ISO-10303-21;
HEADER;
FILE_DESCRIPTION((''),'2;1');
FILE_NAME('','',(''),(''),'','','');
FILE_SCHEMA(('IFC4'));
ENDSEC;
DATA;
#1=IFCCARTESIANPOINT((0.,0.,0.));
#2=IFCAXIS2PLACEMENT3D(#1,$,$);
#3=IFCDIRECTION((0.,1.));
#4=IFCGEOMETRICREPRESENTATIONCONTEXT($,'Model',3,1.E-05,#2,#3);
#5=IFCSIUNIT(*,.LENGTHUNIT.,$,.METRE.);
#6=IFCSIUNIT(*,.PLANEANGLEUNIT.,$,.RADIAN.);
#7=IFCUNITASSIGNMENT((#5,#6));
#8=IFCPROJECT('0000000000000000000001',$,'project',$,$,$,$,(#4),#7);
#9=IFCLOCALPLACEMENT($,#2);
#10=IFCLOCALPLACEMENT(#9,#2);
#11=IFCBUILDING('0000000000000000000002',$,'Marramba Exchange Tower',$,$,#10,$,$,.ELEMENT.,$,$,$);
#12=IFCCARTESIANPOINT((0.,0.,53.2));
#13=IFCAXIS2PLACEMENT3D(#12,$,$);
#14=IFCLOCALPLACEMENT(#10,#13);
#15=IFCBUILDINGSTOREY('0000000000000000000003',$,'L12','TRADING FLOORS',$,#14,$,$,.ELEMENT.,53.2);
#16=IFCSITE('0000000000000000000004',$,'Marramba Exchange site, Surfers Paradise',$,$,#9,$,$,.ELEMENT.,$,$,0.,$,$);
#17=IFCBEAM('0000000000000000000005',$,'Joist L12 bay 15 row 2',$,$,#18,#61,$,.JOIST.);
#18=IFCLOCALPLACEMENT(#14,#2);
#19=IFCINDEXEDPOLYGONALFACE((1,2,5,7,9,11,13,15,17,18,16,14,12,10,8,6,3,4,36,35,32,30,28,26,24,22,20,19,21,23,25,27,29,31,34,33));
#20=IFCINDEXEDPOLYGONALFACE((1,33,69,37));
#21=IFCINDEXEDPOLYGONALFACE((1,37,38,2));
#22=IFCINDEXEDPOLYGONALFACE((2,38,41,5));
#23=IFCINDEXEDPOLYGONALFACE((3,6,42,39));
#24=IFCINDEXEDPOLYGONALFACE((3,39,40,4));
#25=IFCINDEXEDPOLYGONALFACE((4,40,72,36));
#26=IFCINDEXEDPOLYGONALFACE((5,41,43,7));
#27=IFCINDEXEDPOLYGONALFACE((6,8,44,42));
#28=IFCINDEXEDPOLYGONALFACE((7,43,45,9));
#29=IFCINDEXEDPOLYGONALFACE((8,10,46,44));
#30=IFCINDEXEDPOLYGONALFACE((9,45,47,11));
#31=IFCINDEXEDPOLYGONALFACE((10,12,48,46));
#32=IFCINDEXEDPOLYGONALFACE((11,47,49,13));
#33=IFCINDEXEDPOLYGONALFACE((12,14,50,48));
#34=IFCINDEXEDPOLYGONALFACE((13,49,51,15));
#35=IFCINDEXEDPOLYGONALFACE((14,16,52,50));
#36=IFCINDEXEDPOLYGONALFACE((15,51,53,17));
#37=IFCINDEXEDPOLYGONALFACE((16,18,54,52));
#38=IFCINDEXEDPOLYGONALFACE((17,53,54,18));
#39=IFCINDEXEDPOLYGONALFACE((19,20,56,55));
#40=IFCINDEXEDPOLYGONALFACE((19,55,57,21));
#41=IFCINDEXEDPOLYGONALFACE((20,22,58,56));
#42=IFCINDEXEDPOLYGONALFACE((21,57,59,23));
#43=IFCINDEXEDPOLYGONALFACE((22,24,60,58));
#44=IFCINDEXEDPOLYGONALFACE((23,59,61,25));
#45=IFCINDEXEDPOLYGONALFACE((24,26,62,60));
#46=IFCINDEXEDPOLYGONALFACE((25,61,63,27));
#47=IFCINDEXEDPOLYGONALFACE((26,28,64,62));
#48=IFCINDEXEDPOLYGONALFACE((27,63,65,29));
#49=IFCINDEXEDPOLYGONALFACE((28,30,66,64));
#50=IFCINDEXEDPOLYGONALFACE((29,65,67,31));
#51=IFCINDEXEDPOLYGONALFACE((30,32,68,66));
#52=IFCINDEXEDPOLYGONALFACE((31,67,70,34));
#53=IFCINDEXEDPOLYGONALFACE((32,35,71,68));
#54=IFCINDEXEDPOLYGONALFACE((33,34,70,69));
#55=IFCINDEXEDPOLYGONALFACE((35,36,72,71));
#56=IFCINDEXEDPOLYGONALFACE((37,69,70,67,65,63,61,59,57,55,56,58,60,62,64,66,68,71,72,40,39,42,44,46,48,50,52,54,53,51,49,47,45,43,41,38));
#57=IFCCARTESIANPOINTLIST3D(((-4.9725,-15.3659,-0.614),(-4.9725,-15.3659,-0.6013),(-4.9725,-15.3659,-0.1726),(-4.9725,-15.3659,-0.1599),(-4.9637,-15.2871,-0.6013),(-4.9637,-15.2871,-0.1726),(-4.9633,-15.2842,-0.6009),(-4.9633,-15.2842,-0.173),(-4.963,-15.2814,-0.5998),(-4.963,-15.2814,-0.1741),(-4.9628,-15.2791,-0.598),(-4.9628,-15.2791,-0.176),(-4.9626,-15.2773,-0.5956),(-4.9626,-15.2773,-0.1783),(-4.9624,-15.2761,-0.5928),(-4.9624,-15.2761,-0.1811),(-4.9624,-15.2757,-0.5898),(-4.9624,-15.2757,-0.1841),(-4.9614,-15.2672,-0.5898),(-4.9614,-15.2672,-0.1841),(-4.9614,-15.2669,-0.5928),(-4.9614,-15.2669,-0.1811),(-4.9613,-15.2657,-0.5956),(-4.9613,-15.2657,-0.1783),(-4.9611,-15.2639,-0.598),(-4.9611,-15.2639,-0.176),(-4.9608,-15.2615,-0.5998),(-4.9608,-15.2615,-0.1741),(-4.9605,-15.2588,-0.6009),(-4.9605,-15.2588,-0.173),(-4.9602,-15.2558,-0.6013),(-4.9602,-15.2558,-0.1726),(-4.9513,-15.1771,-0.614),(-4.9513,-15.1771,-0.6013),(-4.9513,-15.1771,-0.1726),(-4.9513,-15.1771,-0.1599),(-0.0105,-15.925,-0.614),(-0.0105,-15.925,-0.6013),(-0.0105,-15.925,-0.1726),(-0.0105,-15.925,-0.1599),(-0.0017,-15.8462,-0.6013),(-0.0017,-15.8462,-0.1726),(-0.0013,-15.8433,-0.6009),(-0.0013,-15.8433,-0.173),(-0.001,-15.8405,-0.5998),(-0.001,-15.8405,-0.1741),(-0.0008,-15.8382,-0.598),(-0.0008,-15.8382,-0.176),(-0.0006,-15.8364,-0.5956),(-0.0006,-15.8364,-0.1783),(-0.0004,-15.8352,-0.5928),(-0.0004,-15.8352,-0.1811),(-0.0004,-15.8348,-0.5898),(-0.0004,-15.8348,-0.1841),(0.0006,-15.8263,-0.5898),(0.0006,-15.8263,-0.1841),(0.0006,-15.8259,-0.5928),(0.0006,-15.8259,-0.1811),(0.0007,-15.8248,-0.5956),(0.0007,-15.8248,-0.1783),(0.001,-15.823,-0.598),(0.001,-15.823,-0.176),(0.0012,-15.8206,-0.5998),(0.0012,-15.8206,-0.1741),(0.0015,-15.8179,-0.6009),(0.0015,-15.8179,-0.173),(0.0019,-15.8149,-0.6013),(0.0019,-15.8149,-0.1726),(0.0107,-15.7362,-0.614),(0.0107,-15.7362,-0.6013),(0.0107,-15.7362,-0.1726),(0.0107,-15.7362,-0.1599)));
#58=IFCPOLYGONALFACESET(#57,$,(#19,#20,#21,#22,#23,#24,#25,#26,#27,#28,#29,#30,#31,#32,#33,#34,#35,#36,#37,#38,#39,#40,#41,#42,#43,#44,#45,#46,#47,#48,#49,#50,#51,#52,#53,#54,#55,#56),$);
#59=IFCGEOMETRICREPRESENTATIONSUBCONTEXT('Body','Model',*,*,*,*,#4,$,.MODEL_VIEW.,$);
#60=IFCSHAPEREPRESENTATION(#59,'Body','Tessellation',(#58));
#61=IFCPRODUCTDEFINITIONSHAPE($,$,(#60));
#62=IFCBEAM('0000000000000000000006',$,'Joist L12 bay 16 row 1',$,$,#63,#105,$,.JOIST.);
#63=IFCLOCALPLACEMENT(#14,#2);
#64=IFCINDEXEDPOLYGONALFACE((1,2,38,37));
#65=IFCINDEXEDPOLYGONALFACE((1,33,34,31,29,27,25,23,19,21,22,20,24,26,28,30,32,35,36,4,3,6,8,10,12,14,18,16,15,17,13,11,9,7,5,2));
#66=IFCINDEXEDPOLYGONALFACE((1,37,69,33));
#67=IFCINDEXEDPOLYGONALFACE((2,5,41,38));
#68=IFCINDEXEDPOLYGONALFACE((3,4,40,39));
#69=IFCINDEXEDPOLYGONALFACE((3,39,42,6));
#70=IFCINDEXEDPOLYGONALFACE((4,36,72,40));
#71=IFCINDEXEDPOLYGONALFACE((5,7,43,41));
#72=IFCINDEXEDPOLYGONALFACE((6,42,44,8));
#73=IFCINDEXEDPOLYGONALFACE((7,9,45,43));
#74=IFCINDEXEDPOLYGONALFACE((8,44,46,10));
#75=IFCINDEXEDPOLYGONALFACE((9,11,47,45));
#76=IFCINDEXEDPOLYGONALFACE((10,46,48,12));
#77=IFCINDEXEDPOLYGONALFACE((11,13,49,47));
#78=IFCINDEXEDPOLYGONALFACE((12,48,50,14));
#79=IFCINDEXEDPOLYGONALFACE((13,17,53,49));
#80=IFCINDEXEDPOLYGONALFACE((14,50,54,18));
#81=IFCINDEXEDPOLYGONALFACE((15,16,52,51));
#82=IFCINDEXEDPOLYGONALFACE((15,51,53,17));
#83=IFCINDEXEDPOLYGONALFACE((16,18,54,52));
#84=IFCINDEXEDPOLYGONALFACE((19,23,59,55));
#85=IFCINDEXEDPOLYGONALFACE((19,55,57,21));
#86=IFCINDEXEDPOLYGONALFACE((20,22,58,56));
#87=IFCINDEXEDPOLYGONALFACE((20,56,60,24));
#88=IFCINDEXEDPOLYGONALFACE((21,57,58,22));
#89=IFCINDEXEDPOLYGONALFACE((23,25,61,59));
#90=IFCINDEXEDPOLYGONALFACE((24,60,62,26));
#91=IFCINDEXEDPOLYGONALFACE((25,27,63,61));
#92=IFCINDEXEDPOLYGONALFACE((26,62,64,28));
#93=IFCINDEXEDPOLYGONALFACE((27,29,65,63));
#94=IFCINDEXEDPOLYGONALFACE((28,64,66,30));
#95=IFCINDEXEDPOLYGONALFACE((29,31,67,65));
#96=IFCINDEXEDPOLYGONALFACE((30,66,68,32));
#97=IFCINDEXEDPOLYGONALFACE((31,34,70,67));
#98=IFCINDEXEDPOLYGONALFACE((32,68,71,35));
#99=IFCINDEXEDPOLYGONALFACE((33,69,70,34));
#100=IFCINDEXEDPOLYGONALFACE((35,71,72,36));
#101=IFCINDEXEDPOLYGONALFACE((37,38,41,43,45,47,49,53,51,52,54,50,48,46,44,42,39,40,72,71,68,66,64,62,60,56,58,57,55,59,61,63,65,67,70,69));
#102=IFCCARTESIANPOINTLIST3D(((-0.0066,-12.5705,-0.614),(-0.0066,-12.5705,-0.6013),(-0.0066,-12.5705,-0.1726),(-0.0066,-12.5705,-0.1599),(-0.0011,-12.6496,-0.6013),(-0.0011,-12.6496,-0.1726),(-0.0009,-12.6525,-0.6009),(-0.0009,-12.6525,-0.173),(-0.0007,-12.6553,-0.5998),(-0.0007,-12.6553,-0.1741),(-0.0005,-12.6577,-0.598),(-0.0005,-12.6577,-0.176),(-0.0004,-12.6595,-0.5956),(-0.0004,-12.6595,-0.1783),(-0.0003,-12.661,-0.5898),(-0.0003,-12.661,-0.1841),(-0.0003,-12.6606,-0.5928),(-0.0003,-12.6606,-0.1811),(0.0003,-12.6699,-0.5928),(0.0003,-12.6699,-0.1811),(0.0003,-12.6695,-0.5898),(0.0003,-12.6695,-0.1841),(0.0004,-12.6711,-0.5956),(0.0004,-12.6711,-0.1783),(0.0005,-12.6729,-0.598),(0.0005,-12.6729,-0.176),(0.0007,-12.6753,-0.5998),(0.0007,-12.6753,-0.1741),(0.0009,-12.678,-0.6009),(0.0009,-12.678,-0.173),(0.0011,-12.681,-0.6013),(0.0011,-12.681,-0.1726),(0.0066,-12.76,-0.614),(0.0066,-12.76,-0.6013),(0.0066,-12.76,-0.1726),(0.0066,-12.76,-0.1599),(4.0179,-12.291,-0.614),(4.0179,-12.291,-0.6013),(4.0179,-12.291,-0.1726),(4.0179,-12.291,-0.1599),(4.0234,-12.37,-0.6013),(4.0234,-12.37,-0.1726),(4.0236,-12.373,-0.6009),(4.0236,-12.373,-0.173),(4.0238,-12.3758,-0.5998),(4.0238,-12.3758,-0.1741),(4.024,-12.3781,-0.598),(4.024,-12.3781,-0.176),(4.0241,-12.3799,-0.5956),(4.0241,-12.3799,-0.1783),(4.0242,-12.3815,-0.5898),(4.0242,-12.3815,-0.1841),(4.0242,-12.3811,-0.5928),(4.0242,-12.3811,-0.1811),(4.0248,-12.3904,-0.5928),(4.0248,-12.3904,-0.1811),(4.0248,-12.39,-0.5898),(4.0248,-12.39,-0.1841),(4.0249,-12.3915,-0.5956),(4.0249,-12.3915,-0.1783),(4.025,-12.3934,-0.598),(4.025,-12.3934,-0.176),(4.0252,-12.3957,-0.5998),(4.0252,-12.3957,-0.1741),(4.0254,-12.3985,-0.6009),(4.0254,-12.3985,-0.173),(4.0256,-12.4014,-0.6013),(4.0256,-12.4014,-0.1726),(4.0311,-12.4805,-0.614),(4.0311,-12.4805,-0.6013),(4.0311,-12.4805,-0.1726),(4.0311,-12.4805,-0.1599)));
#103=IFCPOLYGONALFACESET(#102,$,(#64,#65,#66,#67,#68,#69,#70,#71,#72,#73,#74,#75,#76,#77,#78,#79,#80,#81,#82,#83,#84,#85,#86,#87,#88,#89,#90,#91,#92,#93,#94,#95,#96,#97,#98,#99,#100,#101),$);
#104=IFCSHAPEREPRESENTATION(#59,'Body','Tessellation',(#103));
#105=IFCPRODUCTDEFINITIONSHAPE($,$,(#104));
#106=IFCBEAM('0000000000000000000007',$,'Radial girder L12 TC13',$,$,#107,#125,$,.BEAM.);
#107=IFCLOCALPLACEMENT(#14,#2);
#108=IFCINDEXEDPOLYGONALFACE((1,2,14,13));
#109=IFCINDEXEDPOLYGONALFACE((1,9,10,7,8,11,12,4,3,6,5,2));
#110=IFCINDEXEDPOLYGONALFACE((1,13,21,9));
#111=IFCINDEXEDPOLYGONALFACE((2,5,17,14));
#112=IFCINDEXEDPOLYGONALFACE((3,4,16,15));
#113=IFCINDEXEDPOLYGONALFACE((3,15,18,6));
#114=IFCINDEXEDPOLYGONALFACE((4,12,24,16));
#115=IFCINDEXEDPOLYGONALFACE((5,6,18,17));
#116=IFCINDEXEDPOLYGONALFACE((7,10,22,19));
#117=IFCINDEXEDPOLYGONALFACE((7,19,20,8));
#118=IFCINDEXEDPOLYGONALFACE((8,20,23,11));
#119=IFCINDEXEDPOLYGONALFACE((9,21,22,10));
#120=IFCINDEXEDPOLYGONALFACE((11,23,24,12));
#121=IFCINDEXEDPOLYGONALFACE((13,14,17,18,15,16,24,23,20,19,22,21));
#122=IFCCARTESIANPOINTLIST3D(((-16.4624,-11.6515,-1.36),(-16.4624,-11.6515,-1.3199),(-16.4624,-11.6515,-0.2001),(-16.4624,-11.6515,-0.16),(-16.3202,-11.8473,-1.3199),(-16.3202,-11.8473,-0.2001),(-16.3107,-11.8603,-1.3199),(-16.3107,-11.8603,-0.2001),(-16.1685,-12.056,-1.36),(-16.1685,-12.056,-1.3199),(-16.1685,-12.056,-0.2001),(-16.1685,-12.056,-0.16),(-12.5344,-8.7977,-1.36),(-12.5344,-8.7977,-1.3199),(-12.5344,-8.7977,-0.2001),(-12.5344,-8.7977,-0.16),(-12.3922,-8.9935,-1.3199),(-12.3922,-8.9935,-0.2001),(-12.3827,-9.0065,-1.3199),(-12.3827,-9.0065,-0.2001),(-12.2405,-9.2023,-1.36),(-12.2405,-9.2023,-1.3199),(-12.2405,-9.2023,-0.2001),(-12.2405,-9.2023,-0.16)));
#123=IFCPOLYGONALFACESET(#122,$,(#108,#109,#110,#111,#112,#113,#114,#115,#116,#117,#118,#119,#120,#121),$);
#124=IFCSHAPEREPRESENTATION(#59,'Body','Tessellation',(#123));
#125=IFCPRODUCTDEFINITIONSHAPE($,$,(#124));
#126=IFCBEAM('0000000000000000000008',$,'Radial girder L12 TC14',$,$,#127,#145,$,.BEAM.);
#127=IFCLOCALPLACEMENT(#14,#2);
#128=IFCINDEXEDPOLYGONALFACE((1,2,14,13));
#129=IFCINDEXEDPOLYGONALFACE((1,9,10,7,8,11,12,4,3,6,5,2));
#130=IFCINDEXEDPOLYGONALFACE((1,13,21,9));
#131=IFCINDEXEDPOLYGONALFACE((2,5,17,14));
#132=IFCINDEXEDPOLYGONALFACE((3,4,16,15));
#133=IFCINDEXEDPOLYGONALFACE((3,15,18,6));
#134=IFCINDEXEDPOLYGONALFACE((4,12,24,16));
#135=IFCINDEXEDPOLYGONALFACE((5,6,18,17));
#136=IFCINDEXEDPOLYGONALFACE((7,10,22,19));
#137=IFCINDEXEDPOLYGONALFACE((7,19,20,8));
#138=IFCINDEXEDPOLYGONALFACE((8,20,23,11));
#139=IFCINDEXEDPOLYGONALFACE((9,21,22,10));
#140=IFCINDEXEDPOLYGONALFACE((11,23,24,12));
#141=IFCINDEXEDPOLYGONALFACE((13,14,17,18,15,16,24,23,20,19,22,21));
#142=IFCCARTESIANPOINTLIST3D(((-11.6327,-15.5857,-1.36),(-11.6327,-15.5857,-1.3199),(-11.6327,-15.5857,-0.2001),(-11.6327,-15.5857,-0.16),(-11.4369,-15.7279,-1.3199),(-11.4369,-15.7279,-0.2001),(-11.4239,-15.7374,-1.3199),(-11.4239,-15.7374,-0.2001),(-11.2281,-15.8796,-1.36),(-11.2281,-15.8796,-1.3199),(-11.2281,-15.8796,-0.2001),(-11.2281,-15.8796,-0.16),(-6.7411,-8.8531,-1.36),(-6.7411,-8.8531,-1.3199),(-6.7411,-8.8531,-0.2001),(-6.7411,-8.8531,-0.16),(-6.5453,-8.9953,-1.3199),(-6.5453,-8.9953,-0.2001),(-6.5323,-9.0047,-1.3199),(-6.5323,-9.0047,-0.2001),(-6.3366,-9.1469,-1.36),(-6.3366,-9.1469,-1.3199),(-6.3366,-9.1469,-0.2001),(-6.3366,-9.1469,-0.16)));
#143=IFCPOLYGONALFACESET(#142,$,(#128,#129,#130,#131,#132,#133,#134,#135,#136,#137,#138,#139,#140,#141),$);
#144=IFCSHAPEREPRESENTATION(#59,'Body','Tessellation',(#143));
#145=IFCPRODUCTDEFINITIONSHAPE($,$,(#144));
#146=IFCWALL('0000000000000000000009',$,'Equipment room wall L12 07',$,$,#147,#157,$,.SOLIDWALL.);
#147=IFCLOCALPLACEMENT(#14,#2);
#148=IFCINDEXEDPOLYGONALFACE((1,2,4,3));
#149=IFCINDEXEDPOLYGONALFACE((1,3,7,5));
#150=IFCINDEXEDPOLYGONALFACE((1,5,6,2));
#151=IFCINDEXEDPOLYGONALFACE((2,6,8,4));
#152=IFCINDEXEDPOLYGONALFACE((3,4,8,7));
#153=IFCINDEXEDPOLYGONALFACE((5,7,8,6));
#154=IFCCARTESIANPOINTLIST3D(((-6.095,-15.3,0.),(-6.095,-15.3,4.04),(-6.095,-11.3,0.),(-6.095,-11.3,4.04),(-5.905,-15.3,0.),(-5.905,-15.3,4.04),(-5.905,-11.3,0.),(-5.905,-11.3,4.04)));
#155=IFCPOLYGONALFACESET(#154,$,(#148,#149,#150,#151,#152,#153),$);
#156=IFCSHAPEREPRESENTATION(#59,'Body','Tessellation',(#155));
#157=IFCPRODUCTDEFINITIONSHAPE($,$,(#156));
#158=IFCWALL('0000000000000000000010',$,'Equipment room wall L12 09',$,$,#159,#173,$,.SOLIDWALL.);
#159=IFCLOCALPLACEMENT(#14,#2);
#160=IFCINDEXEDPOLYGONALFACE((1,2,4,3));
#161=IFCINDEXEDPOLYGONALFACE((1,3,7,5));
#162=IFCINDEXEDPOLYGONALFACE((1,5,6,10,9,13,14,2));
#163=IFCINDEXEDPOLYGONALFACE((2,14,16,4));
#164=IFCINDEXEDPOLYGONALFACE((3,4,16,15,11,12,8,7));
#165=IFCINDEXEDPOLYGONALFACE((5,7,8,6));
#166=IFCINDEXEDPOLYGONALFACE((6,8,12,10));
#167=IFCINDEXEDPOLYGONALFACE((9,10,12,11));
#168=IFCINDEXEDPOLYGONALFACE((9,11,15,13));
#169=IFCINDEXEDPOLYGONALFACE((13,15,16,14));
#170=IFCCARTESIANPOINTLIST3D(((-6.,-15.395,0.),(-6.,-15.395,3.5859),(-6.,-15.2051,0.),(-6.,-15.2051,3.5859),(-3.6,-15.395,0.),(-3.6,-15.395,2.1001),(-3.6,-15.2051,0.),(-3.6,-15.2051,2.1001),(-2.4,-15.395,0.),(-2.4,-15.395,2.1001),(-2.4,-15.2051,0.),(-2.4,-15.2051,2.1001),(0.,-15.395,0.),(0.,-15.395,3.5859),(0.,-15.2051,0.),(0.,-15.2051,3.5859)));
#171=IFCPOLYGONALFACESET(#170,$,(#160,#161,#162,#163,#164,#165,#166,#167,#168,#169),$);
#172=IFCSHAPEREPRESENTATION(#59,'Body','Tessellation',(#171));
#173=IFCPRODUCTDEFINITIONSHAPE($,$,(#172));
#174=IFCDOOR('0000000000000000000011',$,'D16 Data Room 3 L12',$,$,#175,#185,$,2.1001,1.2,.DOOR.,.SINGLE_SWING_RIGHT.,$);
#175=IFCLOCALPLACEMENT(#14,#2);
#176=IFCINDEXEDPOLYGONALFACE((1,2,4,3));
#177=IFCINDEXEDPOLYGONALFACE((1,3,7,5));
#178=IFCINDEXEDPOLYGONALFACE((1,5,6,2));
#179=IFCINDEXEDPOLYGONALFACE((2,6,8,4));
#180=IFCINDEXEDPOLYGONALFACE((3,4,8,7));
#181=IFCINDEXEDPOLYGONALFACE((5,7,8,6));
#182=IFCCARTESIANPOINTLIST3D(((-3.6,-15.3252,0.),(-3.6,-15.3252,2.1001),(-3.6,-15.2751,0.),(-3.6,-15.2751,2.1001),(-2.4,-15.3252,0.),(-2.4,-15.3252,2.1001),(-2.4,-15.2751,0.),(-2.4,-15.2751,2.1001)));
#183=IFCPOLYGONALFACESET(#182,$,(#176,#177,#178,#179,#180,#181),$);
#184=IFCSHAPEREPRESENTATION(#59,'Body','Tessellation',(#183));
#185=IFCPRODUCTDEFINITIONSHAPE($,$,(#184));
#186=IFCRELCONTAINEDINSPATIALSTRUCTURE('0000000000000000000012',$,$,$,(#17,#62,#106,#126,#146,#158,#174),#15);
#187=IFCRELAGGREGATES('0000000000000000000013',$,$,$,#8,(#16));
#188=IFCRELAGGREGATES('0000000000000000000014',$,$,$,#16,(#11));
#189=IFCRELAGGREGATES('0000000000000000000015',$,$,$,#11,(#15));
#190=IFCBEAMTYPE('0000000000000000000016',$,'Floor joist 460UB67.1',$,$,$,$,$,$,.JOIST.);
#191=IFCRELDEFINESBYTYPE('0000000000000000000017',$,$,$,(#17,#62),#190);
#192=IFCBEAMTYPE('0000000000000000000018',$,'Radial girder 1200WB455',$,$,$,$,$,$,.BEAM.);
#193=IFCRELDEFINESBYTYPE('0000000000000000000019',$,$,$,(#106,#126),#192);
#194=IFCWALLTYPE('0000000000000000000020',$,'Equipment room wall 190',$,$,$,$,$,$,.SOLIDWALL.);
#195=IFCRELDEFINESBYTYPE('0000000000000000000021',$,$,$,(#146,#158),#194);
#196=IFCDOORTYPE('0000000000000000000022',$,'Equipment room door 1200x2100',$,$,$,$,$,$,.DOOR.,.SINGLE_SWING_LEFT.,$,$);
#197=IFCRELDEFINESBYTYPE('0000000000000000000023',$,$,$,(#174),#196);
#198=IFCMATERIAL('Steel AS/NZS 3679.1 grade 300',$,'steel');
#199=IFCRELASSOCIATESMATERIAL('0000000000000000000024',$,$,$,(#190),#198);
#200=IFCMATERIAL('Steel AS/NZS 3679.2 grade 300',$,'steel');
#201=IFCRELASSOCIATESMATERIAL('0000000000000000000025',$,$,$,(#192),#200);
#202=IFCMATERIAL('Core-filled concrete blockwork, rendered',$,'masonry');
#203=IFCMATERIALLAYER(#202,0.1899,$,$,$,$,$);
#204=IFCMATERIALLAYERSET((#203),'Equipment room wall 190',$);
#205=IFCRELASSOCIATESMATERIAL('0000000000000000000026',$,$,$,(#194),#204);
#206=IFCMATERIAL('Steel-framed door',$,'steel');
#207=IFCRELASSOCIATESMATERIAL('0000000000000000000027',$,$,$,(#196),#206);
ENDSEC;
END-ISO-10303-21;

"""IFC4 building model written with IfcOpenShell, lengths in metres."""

from ifc_helpers import new_model, si_unit, direction, frame, frame_2d, origin, origin_2d, place, context, subcontext, project, spatial, rectangle, i_section, extrude, material, layer, layer_set, material_profile, profile_set, type_object, element, fill, save


model = new_model("IFC4")

# Units and contexts
model_context = context("Model", 3, precision=1e-05, world=origin(), true_north=direction((0.0, 1.0)))
body_context = subcontext(model_context, "Body", "Model", "MODEL_VIEW")
ifc_project = project(units=[si_unit("LENGTHUNIT", "METRE"), si_unit("PLANEANGLEUNIT", "RADIAN")], contexts=[model_context])

# Site, building, storey
site_placement = place(None, origin())
site = spatial("IfcSite", under=ifc_project, at=site_placement, Name="Marramba Exchange site, Surfers Paradise", CompositionType="ELEMENT", RefElevation=0.0)
building_placement = place(site_placement, origin())
building = spatial("IfcBuilding", under=site, at=building_placement, Name="Marramba Exchange Tower", CompositionType="ELEMENT")
storey_placement = place(building_placement, frame((0.0, 0.0, 53.2)))
storey = spatial("IfcBuildingStorey", under=building, at=storey_placement, Name="L12", Description="TRADING FLOORS", CompositionType="ELEMENT", Elevation=53.2)

# Beams
ifc_material_1 = material(Name="Steel AS/NZS 3679.2 grade 300", Category="steel")
ifc_material_2 = material(Name="Steel AS/NZS 3679.1 grade 300", Category="steel")
ifc_material_profile_1 = material_profile(ifc_material_2, i_section(OverallWidth=0.1899, OverallDepth=0.4541, WebThickness=0.0085, FlangeThickness=0.0127, FilletRadius=0.0115, at=origin_2d()), Name="460UB67.1")
ifc_profile_set_1 = profile_set([ifc_material_profile_1], Name="Steel AS/NZS 3679.1 grade 300")
beam_type_1 = type_object("IfcBeamType", Name="Floor joist 460UB67.1", PredefinedType="JOIST", material=ifc_profile_set_1)
beam_1_placement = place(storey_placement, frame((-4.9619, -15.2715, -0.387), z_axis=(0.993712, -0.111966, 0.0), x_axis=(0.111966, 0.993712, 0.0)))
element("IfcBeam", 1, at=beam_1_placement, inside=storey, type_object=beam_type_1, Name="Joist L12 bay 15 row 2", PredefinedType="JOIST", context=body_context, shape_type="SweptSolid", body=[
    extrude(i_section(OverallWidth=0.1899, OverallDepth=0.4541, WebThickness=0.0085, FlangeThickness=0.0127, FilletRadius=0.0115, at=origin_2d()), origin(), (0.0, 0.0, 1.0), 4.9934),
])
beam_2_placement = place(storey_placement, frame((0.0, -12.6653, -0.387), z_axis=(0.997596, 0.069294, 0.0), x_axis=(-0.069294, 0.997596, 0.0)))
element("IfcBeam", 2, at=beam_2_placement, inside=storey, type_object=beam_type_1, Name="Joist L12 bay 16 row 1", PredefinedType="JOIST", context=body_context, shape_type="SweptSolid", body=[
    extrude(i_section(OverallWidth=0.1899, OverallDepth=0.4541, WebThickness=0.0085, FlangeThickness=0.0127, FilletRadius=0.0115, at=origin_2d()), origin(), (0.0, 0.0, 1.0), 4.0342),
])
ifc_material_profile_2 = material_profile(ifc_material_1, i_section(OverallWidth=0.5, OverallDepth=1.2, WebThickness=0.0161, FlangeThickness=0.04, at=origin_2d()), Name="1200WB455")
ifc_profile_set_2 = profile_set([ifc_material_profile_2], Name="Steel AS/NZS 3679.2 grade 300")
beam_type_2 = type_object("IfcBeamType", Name="Radial girder 1200WB455", PredefinedType="BEAM", material=ifc_profile_set_2)
beam_3_placement = place(storey_placement, frame((-12.3875, -9.0, -0.76), z_axis=(-0.809025, -0.587774, 0.0), x_axis=(0.587774, -0.809025, 0.0)))
element("IfcBeam", 3, at=beam_3_placement, inside=storey, type_object=beam_type_2, Name="Radial girder L12 TC13", PredefinedType="BEAM", context=body_context, shape_type="SweptSolid", body=[
    extrude(i_section(OverallWidth=0.5, OverallDepth=1.2, WebThickness=0.0161, FlangeThickness=0.04, at=origin_2d()), origin(), (0.0, 0.0, 1.0), 4.8552),
])
beam_4_placement = place(storey_placement, frame((-6.5388, -9.0, -0.76), z_axis=(-0.587788, -0.809015, 0.0), x_axis=(0.809015, -0.587788, 0.0)))
element("IfcBeam", 4, at=beam_4_placement, inside=storey, type_object=beam_type_2, Name="Radial girder L12 TC14", PredefinedType="BEAM", context=body_context, shape_type="SweptSolid", body=[
    extrude(i_section(OverallWidth=0.5, OverallDepth=1.2, WebThickness=0.0161, FlangeThickness=0.04, at=origin_2d()), origin(), (0.0, 0.0, 1.0), 8.322),
])

# Wall
ifc_material_3 = material(Name="Core-filled concrete blockwork, rendered", Category="masonry")
ifc_layer_1 = layer(ifc_material_3, 0.1899)
ifc_layer_set_1 = layer_set([ifc_layer_1], Name="Equipment room wall 190")
wall_type_1 = type_object("IfcWallType", Name="Equipment room wall 190", PredefinedType="SOLIDWALL", material=ifc_layer_set_1)
wall_1_placement = place(storey_placement, frame((-6.0, -15.3, 0.0), z_axis=(0.0, 0.0, 1.0), x_axis=(0.0, 1.0, 0.0)))
element("IfcWall", 5, at=wall_1_placement, inside=storey, type_object=wall_type_1, Name="Equipment room wall L12 07", PredefinedType="SOLIDWALL", context=body_context, shape_type="SweptSolid", body=[
    extrude(rectangle(XDim=4.0, YDim=0.1899, at=frame_2d((2.0, 0.0))), origin(), (0.0, 0.0, 1.0), 4.04),
])

# Wall, opening, door
wall_2_placement = place(storey_placement, frame((-6.0, -15.3, 0.0), z_axis=(0.0, 0.0, 1.0), x_axis=(1.0, 0.0, 0.0)))
wall_2 = element("IfcWall", 6, at=wall_2_placement, inside=storey, type_object=wall_type_1, Name="Equipment room wall L12 09", PredefinedType="SOLIDWALL", context=body_context, shape_type="SweptSolid", body=[
    extrude(rectangle(XDim=6.0, YDim=0.1899, at=frame_2d((3.0, 0.0))), origin(), (0.0, 0.0, 1.0), 3.5859),
])
opening_1_placement = place(wall_2_placement, frame((2.3999, 0.0, 0.0)))
opening_1 = element("IfcOpeningElement", 7, at=opening_1_placement, cuts=wall_2, PredefinedType="OPENING", context=body_context, shape_type="SweptSolid", body=[
    extrude(rectangle(XDim=1.2, YDim=2.1001, at=frame_2d((0.6001, 1.05))), frame((0.0, 0.105, 0.0), z_axis=(0.0, -1.0, 0.0), x_axis=(1.0, 0.0, 0.0)), (0.0, 0.0, 1.0), 0.21),
])
ifc_material_4 = material(Name="Steel-framed door", Category="steel")
door_type_1 = type_object("IfcDoorType", Name="Equipment room door 1200x2100", OperationType="SINGLE_SWING_LEFT", PredefinedType="DOOR", material=ifc_material_4)
door_1_placement = place(opening_1_placement, origin())
door_1 = element("IfcDoor", 8, at=door_1_placement, inside=storey, type_object=door_type_1, Name="D16 Data Room 3 L12", OperationType="SINGLE_SWING_RIGHT", OverallHeight=2.1001, OverallWidth=1.2, PredefinedType="DOOR", context=body_context, shape_type="SweptSolid", body=[
    extrude(rectangle(XDim=1.2, YDim=2.1001, at=frame_2d((0.6001, 1.05))), frame((0.0, 0.0249, 0.0), z_axis=(0.0, -1.0, 0.0), x_axis=(1.0, 0.0, 0.0)), (0.0, 0.0, 1.0), 0.05),
])
fill(opening_1, door_1)

save(model, "model.ifc")
